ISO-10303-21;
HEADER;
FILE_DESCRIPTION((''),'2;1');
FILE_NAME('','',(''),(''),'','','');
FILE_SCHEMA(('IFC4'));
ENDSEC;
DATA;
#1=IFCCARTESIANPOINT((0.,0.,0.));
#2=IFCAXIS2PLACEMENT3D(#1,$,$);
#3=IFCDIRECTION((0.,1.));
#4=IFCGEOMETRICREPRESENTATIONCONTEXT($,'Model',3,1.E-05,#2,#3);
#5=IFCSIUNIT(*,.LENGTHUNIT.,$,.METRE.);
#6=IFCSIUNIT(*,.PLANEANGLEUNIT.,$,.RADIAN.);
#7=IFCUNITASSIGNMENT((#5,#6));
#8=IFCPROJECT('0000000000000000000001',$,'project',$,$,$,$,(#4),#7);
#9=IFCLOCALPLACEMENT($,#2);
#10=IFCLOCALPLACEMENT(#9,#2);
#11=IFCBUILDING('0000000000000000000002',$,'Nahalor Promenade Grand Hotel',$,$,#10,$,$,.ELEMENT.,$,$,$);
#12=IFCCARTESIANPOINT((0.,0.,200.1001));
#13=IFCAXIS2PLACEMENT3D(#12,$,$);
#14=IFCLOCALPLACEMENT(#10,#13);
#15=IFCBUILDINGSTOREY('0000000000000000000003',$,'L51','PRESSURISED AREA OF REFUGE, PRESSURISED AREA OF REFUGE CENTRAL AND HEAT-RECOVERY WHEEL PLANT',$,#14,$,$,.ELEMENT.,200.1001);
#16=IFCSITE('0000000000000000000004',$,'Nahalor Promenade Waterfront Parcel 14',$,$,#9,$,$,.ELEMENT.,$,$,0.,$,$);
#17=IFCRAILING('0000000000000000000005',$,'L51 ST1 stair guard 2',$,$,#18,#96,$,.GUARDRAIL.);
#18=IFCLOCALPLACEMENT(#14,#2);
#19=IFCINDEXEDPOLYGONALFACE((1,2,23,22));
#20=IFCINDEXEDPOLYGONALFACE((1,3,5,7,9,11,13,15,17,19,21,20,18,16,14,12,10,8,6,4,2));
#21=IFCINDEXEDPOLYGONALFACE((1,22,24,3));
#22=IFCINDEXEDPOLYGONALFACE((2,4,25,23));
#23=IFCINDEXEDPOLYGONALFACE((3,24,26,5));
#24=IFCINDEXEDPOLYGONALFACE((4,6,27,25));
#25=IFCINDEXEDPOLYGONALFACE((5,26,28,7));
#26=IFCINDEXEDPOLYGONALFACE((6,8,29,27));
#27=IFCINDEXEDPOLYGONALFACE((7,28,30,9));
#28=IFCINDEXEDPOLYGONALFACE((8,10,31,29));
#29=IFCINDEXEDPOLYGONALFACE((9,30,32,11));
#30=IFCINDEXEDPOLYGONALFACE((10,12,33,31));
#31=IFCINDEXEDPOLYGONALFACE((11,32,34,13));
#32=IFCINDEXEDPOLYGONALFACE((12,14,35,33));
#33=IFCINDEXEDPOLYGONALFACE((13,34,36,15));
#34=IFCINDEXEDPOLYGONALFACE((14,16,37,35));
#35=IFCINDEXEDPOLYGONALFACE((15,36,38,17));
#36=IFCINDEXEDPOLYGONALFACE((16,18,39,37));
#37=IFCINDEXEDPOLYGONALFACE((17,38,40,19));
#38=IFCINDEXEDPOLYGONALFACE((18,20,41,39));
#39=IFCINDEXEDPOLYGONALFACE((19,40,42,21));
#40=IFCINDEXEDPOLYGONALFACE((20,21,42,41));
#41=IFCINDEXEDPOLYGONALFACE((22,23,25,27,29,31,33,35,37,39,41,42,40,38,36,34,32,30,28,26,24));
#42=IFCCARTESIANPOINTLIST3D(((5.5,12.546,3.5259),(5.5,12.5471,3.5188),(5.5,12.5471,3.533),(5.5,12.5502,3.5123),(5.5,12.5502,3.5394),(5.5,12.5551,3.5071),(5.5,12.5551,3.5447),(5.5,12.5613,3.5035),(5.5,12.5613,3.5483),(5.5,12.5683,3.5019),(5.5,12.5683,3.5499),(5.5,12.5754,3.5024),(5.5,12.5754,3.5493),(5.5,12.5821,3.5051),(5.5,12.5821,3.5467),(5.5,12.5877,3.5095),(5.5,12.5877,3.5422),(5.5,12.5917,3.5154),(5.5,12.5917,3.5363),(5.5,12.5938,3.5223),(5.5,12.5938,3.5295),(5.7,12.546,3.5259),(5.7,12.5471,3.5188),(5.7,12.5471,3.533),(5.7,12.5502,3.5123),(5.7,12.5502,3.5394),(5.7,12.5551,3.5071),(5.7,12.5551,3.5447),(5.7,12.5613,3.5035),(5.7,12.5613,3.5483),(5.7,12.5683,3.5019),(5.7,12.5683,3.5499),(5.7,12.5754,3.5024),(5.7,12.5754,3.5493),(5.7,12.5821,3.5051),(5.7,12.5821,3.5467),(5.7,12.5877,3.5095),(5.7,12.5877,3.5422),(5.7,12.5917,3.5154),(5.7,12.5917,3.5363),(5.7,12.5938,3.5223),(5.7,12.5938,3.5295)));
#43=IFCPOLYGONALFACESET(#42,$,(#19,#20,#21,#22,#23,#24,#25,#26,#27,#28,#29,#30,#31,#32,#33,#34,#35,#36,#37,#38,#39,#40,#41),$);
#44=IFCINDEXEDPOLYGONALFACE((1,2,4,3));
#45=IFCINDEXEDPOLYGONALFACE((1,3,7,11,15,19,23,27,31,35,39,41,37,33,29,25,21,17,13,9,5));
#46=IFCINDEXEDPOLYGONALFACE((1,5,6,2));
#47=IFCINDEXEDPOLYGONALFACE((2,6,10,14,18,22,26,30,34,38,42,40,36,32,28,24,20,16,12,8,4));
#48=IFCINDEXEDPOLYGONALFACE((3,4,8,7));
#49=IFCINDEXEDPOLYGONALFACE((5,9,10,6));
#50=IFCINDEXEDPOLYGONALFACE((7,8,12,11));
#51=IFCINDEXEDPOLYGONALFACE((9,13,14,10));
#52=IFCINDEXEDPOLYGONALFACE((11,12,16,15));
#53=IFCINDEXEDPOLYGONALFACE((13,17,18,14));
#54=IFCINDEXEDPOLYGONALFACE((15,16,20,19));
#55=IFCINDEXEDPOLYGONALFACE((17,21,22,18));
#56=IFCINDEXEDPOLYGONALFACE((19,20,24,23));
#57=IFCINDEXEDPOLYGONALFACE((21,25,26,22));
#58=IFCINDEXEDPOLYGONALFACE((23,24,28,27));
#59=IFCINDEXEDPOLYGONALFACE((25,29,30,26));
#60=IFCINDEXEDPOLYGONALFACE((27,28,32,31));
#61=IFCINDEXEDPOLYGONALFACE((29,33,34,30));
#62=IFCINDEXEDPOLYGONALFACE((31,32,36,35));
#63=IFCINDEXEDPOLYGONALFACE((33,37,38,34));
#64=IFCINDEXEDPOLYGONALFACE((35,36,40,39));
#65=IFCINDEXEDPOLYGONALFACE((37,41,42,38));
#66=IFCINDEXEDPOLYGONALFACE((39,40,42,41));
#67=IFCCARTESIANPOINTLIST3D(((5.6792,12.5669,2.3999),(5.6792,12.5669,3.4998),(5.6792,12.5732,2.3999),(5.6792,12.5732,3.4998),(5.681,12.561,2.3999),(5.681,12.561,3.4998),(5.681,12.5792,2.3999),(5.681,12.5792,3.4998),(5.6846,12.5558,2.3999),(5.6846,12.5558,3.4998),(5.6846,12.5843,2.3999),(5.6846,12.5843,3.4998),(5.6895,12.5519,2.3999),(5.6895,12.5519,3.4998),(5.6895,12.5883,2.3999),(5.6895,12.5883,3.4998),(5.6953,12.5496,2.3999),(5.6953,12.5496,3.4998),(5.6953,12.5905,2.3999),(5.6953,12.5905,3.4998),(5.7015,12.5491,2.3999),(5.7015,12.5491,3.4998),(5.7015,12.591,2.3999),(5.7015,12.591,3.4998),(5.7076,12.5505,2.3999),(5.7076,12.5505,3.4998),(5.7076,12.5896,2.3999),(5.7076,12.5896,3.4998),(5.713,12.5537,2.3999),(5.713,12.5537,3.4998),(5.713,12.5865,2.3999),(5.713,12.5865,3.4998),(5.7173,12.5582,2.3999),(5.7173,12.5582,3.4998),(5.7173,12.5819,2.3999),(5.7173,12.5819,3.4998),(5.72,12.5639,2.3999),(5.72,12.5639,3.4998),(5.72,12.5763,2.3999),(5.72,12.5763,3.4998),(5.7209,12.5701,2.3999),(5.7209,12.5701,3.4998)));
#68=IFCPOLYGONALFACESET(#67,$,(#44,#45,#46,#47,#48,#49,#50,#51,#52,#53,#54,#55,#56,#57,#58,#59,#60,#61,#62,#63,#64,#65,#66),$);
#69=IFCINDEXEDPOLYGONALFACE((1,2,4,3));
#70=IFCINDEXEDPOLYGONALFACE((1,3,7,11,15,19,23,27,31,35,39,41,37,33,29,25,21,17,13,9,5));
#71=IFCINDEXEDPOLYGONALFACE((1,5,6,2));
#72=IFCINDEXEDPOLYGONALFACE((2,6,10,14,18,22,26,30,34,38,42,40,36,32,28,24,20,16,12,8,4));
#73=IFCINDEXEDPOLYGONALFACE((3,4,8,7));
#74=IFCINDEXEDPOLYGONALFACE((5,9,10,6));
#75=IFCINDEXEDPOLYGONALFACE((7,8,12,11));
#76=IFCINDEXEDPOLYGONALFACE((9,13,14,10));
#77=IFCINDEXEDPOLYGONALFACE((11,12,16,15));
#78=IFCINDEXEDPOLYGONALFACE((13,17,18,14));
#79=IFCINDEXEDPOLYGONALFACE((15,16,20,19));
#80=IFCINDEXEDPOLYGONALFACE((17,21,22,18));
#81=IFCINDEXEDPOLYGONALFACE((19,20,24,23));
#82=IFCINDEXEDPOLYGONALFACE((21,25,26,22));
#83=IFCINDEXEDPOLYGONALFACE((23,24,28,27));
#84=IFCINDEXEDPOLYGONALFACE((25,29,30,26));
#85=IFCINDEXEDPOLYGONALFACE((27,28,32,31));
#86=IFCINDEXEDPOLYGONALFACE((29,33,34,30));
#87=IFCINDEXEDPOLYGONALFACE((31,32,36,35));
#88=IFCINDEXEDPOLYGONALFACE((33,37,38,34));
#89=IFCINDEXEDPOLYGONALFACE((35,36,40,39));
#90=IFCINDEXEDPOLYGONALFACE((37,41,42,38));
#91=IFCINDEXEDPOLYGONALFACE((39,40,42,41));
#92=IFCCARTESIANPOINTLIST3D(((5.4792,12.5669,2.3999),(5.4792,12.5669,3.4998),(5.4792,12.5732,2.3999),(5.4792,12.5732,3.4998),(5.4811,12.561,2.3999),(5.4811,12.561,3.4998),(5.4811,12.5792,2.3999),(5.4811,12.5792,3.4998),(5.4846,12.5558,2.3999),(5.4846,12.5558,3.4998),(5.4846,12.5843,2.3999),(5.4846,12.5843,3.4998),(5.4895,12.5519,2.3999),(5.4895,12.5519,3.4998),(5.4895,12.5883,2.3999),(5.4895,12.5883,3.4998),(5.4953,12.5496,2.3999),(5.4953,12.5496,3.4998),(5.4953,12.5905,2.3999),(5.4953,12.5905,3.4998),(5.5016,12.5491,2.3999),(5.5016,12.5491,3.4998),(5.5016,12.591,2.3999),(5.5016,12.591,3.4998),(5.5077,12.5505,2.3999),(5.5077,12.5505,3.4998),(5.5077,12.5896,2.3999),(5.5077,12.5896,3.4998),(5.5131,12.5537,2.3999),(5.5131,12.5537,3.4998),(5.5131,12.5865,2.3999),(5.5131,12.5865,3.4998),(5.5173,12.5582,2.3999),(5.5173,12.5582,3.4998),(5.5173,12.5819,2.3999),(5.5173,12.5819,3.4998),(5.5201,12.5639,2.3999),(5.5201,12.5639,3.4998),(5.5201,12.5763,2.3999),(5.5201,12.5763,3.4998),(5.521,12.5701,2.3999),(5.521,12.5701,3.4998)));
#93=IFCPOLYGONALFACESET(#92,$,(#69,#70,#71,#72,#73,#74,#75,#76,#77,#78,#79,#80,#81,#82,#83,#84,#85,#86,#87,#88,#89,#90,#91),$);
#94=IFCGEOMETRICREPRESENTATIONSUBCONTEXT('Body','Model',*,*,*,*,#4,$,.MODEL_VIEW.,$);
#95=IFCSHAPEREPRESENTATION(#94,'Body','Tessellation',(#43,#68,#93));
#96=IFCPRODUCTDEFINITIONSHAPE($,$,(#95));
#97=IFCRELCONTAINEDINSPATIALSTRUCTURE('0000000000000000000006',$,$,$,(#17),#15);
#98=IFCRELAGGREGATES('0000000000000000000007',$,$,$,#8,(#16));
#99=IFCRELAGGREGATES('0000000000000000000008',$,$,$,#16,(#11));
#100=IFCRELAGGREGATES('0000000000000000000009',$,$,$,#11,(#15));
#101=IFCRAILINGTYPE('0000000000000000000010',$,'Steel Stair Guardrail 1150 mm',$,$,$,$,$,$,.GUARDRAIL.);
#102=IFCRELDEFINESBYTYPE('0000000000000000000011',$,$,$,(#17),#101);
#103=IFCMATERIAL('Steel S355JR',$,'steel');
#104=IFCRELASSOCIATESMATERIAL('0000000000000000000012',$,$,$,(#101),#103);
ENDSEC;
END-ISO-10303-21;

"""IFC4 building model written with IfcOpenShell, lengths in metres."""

from ifc_helpers import new_model, si_unit, direction, frame, origin, origin_2d, place, context, subcontext, project, spatial, circle, extrude, material, type_object, element, save


model = new_model("IFC4")

# Units and contexts
model_context = context("Model", 3, precision=1e-05, world=origin(), true_north=direction((0.0, 1.0)))
body_context = subcontext(model_context, "Body", "Model", "MODEL_VIEW")
ifc_project = project(units=[si_unit("LENGTHUNIT", "METRE"), si_unit("PLANEANGLEUNIT", "RADIAN")], contexts=[model_context])

# Site, building, storey
site_placement = place(None, origin())
site = spatial("IfcSite", under=ifc_project, at=site_placement, Name="Nahalor Promenade Waterfront Parcel 14", CompositionType="ELEMENT", RefElevation=0.0)
building_placement = place(site_placement, origin())
building = spatial("IfcBuilding", under=site, at=building_placement, Name="Nahalor Promenade Grand Hotel", CompositionType="ELEMENT")
storey_placement = place(building_placement, frame((0.0, 0.0, 200.1001)))
storey = spatial("IfcBuildingStorey", under=building, at=storey_placement, Name="L51", Description="PRESSURISED AREA OF REFUGE, PRESSURISED AREA OF REFUGE CENTRAL AND HEAT-RECOVERY WHEEL PLANT", CompositionType="ELEMENT", Elevation=200.1001)

# Shared definitions
ifc_material_1 = material(Name="Steel S355JR", Category="steel")

# Railing
railing_type_1 = type_object("IfcRailingType", Name="Steel Stair Guardrail 1150 mm", PredefinedType="GUARDRAIL", material=ifc_material_1)
railing_1_placement = place(storey_placement, frame((5.7, 12.5701, 2.3999)))
element("IfcRailing", 1, at=railing_1_placement, inside=storey, type_object=railing_type_1, Name="L51 ST1 stair guard 2", PredefinedType="GUARDRAIL", context=body_context, shape_type="SweptSolid", body=[
    extrude(circle(Radius=0.024, at=origin_2d()), frame((0.0, 0.0, 1.126), z_axis=(-1.0, 0.0, 0.0), x_axis=(0.0, -1.0, 0.0)), (0.0, 0.0, 1.0), 0.2),
    extrude(circle(Radius=0.021, at=origin_2d()), origin(), (0.0, 0.0, 1.0), 1.0999),
    extrude(circle(Radius=0.021, at=origin_2d()), frame((-0.2, 0.0, 0.0)), (0.0, 0.0, 1.0), 1.0999),
])

save(model, "model.ifc")
